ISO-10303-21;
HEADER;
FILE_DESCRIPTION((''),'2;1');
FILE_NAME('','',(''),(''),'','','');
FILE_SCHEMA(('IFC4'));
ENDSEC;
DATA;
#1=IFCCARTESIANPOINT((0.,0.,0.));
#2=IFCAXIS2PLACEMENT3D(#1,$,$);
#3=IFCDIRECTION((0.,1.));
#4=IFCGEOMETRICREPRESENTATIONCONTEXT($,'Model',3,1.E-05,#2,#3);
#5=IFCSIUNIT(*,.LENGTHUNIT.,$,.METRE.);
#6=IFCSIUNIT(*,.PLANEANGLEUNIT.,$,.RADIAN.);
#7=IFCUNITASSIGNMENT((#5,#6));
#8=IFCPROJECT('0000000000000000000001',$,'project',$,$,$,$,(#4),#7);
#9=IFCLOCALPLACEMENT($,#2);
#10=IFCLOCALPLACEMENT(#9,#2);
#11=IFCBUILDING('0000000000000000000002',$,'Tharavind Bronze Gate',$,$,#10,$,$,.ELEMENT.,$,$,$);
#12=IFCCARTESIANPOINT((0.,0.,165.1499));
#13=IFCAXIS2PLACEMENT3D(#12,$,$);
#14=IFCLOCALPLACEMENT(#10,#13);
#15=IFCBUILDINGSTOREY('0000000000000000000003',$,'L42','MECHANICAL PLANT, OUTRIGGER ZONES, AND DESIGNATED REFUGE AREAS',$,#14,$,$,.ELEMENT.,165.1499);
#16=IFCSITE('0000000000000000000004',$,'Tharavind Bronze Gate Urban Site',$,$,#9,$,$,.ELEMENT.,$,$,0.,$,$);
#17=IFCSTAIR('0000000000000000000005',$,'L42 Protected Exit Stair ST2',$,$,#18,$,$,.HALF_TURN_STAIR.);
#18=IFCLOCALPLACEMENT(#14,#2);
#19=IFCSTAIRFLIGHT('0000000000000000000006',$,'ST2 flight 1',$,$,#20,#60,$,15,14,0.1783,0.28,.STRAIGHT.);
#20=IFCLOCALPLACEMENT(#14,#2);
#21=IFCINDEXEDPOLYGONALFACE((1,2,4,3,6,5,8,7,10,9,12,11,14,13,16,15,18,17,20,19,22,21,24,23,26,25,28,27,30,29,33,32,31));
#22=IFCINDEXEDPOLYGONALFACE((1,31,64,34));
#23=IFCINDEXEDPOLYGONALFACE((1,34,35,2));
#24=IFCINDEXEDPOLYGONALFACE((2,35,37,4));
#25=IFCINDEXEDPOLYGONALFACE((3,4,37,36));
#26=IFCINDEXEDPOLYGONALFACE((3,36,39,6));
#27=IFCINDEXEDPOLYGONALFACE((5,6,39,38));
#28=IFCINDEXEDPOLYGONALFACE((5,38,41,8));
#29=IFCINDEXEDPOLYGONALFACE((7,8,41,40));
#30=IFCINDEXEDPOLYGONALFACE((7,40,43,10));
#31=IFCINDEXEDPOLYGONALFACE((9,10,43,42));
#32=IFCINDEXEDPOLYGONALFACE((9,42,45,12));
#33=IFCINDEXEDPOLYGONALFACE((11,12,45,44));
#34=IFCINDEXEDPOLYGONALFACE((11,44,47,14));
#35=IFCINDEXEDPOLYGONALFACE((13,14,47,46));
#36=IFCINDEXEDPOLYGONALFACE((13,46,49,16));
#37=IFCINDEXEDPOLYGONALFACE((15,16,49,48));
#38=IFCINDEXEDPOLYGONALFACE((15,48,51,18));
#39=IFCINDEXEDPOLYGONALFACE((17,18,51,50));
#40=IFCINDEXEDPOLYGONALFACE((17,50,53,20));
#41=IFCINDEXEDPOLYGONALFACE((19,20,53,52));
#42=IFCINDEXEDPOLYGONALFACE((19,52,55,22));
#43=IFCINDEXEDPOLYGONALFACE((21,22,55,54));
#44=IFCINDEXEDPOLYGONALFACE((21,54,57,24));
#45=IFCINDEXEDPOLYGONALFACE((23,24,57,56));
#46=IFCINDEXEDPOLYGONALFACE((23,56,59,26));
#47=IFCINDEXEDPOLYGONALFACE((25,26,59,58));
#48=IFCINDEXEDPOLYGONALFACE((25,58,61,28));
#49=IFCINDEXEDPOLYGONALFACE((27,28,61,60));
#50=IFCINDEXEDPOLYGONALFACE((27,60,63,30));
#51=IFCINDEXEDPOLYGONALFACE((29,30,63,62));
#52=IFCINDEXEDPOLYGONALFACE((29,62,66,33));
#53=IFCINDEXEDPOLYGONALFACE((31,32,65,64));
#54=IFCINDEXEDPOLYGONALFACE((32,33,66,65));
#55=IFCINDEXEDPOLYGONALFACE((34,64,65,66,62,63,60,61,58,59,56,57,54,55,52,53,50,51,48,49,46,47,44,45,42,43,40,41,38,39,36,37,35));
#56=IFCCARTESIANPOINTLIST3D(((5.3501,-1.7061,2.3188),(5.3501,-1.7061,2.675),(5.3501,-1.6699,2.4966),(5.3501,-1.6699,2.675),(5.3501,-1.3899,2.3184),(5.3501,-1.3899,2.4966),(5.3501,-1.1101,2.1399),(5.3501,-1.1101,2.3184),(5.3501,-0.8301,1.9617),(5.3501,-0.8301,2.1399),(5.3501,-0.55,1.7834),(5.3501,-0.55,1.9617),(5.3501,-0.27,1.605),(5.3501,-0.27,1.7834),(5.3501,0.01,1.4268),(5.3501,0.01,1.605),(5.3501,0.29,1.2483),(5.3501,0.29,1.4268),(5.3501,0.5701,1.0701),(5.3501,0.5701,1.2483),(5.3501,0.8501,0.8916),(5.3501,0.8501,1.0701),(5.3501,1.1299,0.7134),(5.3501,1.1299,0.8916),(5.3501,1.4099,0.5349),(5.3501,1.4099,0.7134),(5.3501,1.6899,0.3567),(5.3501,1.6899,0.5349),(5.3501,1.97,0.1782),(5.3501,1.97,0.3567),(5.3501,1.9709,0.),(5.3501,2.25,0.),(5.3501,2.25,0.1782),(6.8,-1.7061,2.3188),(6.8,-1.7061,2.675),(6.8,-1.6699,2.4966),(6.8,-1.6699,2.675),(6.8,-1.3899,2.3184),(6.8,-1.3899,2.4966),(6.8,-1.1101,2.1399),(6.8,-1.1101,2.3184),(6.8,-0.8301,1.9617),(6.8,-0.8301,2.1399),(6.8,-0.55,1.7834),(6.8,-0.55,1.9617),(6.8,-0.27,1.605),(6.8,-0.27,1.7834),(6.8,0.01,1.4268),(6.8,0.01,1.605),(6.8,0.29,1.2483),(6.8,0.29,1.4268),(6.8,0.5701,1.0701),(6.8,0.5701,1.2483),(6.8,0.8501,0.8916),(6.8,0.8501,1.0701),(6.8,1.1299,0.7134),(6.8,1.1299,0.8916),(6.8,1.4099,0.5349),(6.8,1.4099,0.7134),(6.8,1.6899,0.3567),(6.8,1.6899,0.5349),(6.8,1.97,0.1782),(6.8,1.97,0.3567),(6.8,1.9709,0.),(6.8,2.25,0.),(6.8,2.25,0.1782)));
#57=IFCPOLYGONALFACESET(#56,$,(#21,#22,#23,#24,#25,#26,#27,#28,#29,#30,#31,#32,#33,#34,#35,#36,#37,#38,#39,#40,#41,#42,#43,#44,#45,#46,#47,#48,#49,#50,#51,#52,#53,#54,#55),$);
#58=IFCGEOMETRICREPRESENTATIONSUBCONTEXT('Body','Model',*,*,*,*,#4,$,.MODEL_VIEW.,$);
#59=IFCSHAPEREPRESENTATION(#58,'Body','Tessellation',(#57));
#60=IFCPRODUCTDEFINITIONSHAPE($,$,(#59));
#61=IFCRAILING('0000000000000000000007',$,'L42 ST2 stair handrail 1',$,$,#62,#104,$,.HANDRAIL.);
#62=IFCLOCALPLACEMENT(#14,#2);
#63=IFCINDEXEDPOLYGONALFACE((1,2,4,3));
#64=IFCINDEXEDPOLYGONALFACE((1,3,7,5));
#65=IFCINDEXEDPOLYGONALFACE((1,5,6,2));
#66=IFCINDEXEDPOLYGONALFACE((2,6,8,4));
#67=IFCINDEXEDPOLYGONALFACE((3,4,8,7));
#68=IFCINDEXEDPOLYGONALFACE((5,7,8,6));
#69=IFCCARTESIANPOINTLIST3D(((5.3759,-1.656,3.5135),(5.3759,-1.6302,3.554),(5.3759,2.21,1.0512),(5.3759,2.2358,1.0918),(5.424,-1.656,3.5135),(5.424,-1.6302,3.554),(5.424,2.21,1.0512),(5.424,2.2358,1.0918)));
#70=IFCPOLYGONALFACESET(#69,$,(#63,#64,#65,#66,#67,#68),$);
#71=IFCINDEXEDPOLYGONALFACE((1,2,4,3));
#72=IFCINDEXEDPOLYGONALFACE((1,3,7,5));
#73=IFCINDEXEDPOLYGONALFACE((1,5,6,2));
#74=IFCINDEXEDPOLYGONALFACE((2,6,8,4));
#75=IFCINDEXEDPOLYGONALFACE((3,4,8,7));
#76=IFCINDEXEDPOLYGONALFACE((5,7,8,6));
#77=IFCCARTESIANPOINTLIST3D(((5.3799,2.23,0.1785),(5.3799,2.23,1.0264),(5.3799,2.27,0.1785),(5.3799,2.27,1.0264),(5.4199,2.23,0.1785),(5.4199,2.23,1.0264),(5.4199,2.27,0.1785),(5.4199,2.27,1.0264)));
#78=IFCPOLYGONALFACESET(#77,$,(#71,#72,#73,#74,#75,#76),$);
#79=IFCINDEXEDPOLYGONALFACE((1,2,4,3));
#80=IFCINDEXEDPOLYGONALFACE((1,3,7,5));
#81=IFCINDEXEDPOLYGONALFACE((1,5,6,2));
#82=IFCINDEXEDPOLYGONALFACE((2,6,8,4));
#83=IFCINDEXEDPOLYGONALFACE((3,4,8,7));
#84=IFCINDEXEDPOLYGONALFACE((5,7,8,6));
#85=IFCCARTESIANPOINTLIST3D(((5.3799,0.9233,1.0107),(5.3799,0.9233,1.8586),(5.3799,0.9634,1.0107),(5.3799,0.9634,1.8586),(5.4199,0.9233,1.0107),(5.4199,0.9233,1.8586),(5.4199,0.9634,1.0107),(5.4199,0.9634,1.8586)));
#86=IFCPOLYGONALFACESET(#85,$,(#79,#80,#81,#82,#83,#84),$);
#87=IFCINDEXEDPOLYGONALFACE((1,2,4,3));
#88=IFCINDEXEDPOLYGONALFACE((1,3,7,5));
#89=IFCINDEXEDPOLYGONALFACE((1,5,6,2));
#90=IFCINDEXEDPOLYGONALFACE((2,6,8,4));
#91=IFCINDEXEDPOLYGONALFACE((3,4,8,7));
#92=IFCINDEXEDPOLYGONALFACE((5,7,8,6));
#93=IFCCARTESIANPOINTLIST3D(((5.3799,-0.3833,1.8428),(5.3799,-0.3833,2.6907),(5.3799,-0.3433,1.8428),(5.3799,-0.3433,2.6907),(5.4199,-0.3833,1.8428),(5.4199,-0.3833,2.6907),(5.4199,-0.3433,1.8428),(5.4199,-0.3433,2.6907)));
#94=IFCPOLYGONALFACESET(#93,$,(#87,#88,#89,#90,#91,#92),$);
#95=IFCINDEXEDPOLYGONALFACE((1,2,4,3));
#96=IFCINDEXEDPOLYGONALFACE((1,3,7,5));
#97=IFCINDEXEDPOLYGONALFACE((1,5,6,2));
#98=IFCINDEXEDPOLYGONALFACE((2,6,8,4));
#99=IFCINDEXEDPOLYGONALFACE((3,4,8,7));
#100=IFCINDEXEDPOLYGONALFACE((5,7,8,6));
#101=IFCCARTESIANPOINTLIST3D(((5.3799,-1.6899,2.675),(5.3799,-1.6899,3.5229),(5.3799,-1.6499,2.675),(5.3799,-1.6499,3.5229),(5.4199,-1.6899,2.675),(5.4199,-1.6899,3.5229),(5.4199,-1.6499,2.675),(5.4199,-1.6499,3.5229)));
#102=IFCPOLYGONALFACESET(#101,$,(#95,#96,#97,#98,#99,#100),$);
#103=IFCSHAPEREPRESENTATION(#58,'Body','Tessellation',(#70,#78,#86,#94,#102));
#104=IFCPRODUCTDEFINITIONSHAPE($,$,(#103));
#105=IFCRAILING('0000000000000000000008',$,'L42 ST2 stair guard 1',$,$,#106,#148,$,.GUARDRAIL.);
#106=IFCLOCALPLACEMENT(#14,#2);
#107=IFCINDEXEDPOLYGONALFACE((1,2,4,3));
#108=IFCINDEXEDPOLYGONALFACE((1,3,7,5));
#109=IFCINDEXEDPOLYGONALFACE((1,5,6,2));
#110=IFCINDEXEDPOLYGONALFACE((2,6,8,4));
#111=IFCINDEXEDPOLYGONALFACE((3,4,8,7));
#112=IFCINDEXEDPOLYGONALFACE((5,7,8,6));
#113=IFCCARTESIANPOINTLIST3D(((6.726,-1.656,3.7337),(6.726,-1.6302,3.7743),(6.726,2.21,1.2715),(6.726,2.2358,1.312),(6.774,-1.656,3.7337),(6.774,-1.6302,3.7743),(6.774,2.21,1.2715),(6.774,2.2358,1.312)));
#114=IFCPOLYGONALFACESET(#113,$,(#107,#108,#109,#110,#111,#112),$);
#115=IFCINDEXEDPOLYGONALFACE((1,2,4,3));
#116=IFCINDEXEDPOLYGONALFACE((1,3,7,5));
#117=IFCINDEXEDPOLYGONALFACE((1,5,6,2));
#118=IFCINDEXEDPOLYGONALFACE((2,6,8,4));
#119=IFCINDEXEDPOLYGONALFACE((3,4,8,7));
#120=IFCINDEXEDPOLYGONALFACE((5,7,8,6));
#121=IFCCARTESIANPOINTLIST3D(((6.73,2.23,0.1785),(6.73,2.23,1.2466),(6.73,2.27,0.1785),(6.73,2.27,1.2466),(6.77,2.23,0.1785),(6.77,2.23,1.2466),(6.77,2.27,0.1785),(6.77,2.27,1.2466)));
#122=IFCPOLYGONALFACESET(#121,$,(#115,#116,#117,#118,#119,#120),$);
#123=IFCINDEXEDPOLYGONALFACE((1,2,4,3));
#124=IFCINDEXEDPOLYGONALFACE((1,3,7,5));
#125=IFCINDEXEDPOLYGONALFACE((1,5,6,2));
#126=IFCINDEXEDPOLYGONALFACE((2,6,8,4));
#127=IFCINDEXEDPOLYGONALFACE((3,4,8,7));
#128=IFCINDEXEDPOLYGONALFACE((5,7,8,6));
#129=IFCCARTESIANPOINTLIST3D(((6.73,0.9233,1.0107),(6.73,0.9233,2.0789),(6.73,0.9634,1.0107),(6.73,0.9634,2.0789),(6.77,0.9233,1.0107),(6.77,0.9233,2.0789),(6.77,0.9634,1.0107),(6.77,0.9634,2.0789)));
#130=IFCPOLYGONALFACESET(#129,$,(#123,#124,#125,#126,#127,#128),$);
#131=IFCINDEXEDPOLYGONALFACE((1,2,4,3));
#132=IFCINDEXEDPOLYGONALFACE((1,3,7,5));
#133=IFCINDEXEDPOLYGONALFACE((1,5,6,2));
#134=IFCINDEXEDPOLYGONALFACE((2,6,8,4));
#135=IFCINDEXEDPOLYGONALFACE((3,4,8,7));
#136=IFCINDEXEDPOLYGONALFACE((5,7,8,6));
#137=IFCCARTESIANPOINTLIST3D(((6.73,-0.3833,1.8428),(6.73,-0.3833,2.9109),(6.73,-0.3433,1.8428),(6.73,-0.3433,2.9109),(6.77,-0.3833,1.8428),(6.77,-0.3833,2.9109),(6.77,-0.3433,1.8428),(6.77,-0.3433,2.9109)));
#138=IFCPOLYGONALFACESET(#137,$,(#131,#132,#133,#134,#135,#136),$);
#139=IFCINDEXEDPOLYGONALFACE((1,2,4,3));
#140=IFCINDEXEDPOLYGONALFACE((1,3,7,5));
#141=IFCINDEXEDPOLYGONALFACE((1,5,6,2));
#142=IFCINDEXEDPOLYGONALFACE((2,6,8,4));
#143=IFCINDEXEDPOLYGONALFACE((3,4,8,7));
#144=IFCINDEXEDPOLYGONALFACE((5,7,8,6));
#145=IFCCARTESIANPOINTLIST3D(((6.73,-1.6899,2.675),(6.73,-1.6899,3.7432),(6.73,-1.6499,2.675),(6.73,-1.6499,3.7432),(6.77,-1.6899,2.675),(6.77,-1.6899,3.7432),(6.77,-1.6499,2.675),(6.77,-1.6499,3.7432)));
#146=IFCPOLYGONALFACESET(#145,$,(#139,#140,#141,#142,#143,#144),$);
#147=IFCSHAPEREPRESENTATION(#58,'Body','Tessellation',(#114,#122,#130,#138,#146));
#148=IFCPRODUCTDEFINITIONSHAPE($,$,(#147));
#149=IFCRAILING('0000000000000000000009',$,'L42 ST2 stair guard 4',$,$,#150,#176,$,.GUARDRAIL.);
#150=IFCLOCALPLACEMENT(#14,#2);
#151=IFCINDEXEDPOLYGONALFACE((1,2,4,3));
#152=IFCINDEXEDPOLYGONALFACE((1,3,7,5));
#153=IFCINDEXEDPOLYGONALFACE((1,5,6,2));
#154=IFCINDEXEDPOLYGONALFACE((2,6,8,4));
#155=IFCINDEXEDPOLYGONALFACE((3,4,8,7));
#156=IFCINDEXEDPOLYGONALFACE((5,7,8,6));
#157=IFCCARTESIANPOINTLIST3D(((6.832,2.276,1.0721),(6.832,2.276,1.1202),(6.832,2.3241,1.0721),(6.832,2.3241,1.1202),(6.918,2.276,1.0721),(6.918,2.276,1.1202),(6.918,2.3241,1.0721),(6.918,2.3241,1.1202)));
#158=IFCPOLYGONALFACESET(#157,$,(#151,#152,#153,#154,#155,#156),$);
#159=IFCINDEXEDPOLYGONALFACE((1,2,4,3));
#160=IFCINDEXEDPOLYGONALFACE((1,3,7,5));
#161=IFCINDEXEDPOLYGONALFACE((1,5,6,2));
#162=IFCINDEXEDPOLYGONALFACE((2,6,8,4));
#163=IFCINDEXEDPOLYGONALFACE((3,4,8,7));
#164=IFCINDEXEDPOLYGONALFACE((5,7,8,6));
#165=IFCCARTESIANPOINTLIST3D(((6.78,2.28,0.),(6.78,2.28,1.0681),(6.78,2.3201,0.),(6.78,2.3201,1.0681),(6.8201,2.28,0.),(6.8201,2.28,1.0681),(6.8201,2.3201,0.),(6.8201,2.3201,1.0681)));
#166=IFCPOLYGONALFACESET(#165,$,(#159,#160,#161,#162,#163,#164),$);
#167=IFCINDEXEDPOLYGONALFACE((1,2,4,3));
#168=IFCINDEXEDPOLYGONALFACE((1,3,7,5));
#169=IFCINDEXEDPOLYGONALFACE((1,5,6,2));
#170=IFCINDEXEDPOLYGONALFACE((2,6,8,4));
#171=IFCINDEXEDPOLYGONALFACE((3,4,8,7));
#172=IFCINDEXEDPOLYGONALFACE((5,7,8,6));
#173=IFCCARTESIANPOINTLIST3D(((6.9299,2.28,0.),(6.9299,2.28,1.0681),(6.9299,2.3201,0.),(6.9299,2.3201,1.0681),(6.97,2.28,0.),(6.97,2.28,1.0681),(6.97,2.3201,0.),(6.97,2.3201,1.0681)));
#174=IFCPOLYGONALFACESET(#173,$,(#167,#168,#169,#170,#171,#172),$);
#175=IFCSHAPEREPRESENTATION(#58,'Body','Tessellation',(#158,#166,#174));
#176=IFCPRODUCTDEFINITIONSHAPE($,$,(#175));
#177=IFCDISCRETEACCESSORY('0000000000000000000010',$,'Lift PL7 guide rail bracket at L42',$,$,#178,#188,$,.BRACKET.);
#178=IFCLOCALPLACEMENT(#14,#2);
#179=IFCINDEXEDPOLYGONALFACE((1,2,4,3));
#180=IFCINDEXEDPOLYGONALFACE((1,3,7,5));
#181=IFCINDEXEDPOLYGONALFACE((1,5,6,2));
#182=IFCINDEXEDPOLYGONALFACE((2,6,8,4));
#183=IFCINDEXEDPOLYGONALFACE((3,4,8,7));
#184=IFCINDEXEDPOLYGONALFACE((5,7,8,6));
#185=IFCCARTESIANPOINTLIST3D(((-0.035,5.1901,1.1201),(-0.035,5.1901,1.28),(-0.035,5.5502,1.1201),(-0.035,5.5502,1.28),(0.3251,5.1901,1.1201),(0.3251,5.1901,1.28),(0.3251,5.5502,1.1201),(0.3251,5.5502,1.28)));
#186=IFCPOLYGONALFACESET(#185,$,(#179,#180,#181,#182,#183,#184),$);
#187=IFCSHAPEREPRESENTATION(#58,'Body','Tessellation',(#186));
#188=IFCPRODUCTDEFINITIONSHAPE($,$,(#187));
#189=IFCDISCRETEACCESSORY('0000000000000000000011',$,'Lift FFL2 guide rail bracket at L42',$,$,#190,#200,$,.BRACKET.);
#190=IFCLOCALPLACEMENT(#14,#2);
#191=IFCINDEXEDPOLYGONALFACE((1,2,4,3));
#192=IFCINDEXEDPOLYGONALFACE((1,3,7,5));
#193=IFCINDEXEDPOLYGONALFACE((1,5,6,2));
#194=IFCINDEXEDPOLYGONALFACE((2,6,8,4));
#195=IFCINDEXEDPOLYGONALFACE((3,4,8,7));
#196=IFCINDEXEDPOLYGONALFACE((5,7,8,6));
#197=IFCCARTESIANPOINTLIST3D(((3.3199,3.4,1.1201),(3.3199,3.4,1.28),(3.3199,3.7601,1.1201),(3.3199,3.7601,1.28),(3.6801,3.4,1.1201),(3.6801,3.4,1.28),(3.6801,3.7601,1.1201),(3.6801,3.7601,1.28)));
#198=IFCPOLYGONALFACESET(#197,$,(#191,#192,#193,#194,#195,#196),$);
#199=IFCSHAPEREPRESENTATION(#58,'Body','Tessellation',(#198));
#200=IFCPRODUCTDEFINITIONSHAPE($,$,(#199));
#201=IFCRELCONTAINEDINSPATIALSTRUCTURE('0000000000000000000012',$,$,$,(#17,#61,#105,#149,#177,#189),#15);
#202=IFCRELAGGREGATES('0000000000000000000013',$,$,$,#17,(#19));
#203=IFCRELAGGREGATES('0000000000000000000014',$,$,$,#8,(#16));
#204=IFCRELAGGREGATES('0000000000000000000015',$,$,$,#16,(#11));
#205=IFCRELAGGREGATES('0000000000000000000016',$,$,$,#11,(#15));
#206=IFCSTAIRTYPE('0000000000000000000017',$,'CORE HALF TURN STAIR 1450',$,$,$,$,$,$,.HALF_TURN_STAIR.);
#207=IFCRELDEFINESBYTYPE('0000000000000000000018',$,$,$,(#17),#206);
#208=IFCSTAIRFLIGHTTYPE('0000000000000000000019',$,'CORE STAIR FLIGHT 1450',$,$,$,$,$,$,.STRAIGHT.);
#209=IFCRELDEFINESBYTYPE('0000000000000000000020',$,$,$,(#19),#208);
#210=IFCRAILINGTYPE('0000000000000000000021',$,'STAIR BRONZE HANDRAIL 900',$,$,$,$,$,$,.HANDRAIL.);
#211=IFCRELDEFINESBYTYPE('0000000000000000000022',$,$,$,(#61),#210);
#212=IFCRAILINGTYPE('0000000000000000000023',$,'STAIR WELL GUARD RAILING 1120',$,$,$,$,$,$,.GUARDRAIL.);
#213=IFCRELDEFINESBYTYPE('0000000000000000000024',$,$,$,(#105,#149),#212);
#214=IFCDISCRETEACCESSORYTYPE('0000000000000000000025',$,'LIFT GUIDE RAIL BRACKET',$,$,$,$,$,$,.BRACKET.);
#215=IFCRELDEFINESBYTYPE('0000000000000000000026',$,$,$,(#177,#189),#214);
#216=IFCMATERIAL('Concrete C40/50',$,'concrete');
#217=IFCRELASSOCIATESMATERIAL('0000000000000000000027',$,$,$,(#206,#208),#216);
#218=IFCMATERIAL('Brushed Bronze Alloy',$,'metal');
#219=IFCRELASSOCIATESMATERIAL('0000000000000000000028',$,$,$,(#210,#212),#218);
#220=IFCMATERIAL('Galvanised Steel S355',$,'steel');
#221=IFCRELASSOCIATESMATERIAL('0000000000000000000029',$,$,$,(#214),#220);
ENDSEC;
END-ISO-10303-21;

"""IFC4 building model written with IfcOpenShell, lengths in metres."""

from ifc_helpers import new_model, si_unit, direction, frame, origin, origin_2d, place, context, subcontext, project, spatial, polyline, rectangle, outline, extrude, material, type_object, element, aggregate, save


model = new_model("IFC4")

# Units and contexts
model_context = context("Model", 3, precision=1e-05, world=origin(), true_north=direction((0.0, 1.0)))
body_context = subcontext(model_context, "Body", "Model", "MODEL_VIEW")
ifc_project = project(units=[si_unit("LENGTHUNIT", "METRE"), si_unit("PLANEANGLEUNIT", "RADIAN")], contexts=[model_context])

# Site, building, storey
site_placement = place(None, origin())
site = spatial("IfcSite", under=ifc_project, at=site_placement, Name="Tharavind Bronze Gate Urban Site", CompositionType="ELEMENT", RefElevation=0.0)
building_placement = place(site_placement, origin())
building = spatial("IfcBuilding", under=site, at=building_placement, Name="Tharavind Bronze Gate", CompositionType="ELEMENT")
storey_placement = place(building_placement, frame((0.0, 0.0, 165.1499)))
storey = spatial("IfcBuildingStorey", under=building, at=storey_placement, Name="L42", Description="MECHANICAL PLANT, OUTRIGGER ZONES, AND DESIGNATED REFUGE AREAS", CompositionType="ELEMENT", Elevation=165.1499)

# Shared definitions
ifc_material_1 = material(Name="Concrete C40/50", Category="concrete")

# Stair, stair flight
stair_type = type_object("IfcStairType", Name="CORE HALF TURN STAIR 1450", PredefinedType="HALF_TURN_STAIR", material=ifc_material_1)
stair_placement = place(storey_placement, origin())
stair = element("IfcStair", 1, at=stair_placement, inside=storey, type_object=stair_type, Name="L42 Protected Exit Stair ST2", PredefinedType="HALF_TURN_STAIR")
stair_flight_type = type_object("IfcStairFlightType", Name="CORE STAIR FLIGHT 1450", PredefinedType="STRAIGHT", material=ifc_material_1)
stair_flight_placement = place(storey_placement, frame((6.075, 2.25, 0.0), z_axis=(0.0, 0.0, 1.0), x_axis=(0.0, -1.0, 0.0)))
stair_flight = element("IfcStairFlight", 2, at=stair_flight_placement, type_object=stair_flight_type, Name="ST2 flight 1", NumberOfRisers=15, NumberOfTreads=14, PredefinedType="STRAIGHT", RiserHeight=0.1783, TreadLength=0.28, context=body_context, shape_type="SweptSolid", body=[
    extrude(outline(polyline([(0.0, 0.0), (0.0, 0.1782), (0.28, 0.1782), (0.28, 0.3567), (0.5601, 0.3567), (0.5601, 0.5349), (0.8401, 0.5349), (0.8401, 0.7134), (1.1201, 0.7134), (1.1201, 0.8916), (1.3999, 0.8916), (1.3999, 1.0701), (1.6799, 1.0701), (1.6799, 1.2483), (1.96, 1.2483), (1.96, 1.4268), (2.24, 1.4268), (2.24, 1.605), (2.52, 1.605), (2.52, 1.7834), (2.8, 1.7834), (2.8, 1.9617), (3.0801, 1.9617), (3.0801, 2.1399), (3.3601, 2.1399), (3.3601, 2.3184), (3.6399, 2.3184), (3.6399, 2.4966), (3.9199, 2.4966), (3.9199, 2.675), (3.9561, 2.675), (3.9561, 2.3188), (0.2791, 0.0), (0.0, 0.0)])), frame((0.0, 0.7251, 0.0), z_axis=(0.0, -1.0, 0.0), x_axis=(1.0, 0.0, 0.0)), (0.0, 0.0, 1.0), 1.45),
])
aggregate(stair, [stair_flight])

# Railings
ifc_material_2 = material(Name="Brushed Bronze Alloy", Category="metal")
railing_type_1 = type_object("IfcRailingType", Name="STAIR BRONZE HANDRAIL 900", PredefinedType="HANDRAIL", material=ifc_material_2)
railing_1_placement = place(storey_placement, frame((5.3999, 2.25, 0.1785)))
element("IfcRailing", 3, at=railing_1_placement, inside=storey, type_object=railing_type_1, Name="L42 ST2 stair handrail 1", PredefinedType="HANDRAIL", context=body_context, shape_type="SweptSolid", body=[
    extrude(rectangle(XDim=0.0481, YDim=0.0481, at=origin_2d()), frame((0.0, -0.0271, 0.8931), z_axis=(0.0, -0.843458, 0.537195), x_axis=(1.0, 0.0, 0.0)), (0.0, 0.0, 1.0), 4.5835),
    extrude(rectangle(XDim=0.04, YDim=0.04, at=origin_2d()), origin(), (0.0, 0.0, 1.0), 0.8479),
    extrude(rectangle(XDim=0.04, YDim=0.04, at=origin_2d()), frame((0.0, -1.3066, 0.8323)), (0.0, 0.0, 1.0), 0.8479),
    extrude(rectangle(XDim=0.04, YDim=0.04, at=origin_2d()), frame((0.0, -2.6133, 1.6643)), (0.0, 0.0, 1.0), 0.8479),
    extrude(rectangle(XDim=0.04, YDim=0.04, at=origin_2d()), frame((0.0, -3.9199, 2.4966)), (0.0, 0.0, 1.0), 0.8479),
])
railing_type_2 = type_object("IfcRailingType", Name="STAIR WELL GUARD RAILING 1120", PredefinedType="GUARDRAIL", material=ifc_material_2)
railing_2_placement = place(storey_placement, frame((6.75, 2.25, 0.1785)))
element("IfcRailing", 4, at=railing_2_placement, inside=storey, type_object=railing_type_2, Name="L42 ST2 stair guard 1", PredefinedType="GUARDRAIL", context=body_context, shape_type="SweptSolid", body=[
    extrude(rectangle(XDim=0.0481, YDim=0.0481, at=origin_2d()), frame((0.0, -0.0271, 1.1133), z_axis=(0.0, -0.843458, 0.537195), x_axis=(1.0, 0.0, 0.0)), (0.0, 0.0, 1.0), 4.5835),
    extrude(rectangle(XDim=0.04, YDim=0.04, at=origin_2d()), origin(), (0.0, 0.0, 1.0), 1.0681),
    extrude(rectangle(XDim=0.04, YDim=0.04, at=origin_2d()), frame((0.0, -1.3066, 0.8323)), (0.0, 0.0, 1.0), 1.0681),
    extrude(rectangle(XDim=0.04, YDim=0.04, at=origin_2d()), frame((0.0, -2.6133, 1.6643)), (0.0, 0.0, 1.0), 1.0681),
    extrude(rectangle(XDim=0.04, YDim=0.04, at=origin_2d()), frame((0.0, -3.9199, 2.4966)), (0.0, 0.0, 1.0), 1.0681),
])
railing_3_placement = place(storey_placement, frame((6.8, 2.3, 0.0)))
element("IfcRailing", 5, at=railing_3_placement, inside=storey, type_object=railing_type_2, Name="L42 ST2 stair guard 4", PredefinedType="GUARDRAIL", context=body_context, shape_type="SweptSolid", body=[
    extrude(rectangle(XDim=0.0481, YDim=0.0481, at=origin_2d()), frame((0.032, 0.0, 1.0962), z_axis=(1.0, 0.0, 0.0), x_axis=(0.0, 1.0, 0.0)), (0.0, 0.0, 1.0), 0.0859),
    extrude(rectangle(XDim=0.04, YDim=0.04, at=origin_2d()), origin(), (0.0, 0.0, 1.0), 1.0681),
    extrude(rectangle(XDim=0.04, YDim=0.04, at=origin_2d()), frame((0.1499, 0.0, 0.0)), (0.0, 0.0, 1.0), 1.0681),
])

# Discrete accessories
ifc_material_3 = material(Name="Galvanised Steel S355", Category="steel")
discrete_accessory_type = type_object("IfcDiscreteAccessoryType", Name="LIFT GUIDE RAIL BRACKET", PredefinedType="BRACKET", material=ifc_material_3)
for number, where, z_axis, x_axis, name in (
    (6, (0.145, 5.3701, 1.1201), (0.0, 0.0, 1.0), (1.0, 0.0, 0.0), "Lift PL7 guide rail bracket at L42"),
    (7, (3.5, 3.5801, 1.1201), (0.0, 0.0, 1.0), (1.0, 0.0, 0.0), "Lift FFL2 guide rail bracket at L42"),
):
    element("IfcDiscreteAccessory", number, at=place(storey_placement, frame(where, z_axis=z_axis, x_axis=x_axis)), inside=storey, type_object=discrete_accessory_type, Name=name, PredefinedType="BRACKET", context=body_context, shape_type="SweptSolid", body=[
        extrude(rectangle(XDim=0.3601, YDim=0.3601, at=origin_2d()), origin(), (0.0, 0.0, 1.0), 0.1599),
    ])

save(model, "model.ifc")
